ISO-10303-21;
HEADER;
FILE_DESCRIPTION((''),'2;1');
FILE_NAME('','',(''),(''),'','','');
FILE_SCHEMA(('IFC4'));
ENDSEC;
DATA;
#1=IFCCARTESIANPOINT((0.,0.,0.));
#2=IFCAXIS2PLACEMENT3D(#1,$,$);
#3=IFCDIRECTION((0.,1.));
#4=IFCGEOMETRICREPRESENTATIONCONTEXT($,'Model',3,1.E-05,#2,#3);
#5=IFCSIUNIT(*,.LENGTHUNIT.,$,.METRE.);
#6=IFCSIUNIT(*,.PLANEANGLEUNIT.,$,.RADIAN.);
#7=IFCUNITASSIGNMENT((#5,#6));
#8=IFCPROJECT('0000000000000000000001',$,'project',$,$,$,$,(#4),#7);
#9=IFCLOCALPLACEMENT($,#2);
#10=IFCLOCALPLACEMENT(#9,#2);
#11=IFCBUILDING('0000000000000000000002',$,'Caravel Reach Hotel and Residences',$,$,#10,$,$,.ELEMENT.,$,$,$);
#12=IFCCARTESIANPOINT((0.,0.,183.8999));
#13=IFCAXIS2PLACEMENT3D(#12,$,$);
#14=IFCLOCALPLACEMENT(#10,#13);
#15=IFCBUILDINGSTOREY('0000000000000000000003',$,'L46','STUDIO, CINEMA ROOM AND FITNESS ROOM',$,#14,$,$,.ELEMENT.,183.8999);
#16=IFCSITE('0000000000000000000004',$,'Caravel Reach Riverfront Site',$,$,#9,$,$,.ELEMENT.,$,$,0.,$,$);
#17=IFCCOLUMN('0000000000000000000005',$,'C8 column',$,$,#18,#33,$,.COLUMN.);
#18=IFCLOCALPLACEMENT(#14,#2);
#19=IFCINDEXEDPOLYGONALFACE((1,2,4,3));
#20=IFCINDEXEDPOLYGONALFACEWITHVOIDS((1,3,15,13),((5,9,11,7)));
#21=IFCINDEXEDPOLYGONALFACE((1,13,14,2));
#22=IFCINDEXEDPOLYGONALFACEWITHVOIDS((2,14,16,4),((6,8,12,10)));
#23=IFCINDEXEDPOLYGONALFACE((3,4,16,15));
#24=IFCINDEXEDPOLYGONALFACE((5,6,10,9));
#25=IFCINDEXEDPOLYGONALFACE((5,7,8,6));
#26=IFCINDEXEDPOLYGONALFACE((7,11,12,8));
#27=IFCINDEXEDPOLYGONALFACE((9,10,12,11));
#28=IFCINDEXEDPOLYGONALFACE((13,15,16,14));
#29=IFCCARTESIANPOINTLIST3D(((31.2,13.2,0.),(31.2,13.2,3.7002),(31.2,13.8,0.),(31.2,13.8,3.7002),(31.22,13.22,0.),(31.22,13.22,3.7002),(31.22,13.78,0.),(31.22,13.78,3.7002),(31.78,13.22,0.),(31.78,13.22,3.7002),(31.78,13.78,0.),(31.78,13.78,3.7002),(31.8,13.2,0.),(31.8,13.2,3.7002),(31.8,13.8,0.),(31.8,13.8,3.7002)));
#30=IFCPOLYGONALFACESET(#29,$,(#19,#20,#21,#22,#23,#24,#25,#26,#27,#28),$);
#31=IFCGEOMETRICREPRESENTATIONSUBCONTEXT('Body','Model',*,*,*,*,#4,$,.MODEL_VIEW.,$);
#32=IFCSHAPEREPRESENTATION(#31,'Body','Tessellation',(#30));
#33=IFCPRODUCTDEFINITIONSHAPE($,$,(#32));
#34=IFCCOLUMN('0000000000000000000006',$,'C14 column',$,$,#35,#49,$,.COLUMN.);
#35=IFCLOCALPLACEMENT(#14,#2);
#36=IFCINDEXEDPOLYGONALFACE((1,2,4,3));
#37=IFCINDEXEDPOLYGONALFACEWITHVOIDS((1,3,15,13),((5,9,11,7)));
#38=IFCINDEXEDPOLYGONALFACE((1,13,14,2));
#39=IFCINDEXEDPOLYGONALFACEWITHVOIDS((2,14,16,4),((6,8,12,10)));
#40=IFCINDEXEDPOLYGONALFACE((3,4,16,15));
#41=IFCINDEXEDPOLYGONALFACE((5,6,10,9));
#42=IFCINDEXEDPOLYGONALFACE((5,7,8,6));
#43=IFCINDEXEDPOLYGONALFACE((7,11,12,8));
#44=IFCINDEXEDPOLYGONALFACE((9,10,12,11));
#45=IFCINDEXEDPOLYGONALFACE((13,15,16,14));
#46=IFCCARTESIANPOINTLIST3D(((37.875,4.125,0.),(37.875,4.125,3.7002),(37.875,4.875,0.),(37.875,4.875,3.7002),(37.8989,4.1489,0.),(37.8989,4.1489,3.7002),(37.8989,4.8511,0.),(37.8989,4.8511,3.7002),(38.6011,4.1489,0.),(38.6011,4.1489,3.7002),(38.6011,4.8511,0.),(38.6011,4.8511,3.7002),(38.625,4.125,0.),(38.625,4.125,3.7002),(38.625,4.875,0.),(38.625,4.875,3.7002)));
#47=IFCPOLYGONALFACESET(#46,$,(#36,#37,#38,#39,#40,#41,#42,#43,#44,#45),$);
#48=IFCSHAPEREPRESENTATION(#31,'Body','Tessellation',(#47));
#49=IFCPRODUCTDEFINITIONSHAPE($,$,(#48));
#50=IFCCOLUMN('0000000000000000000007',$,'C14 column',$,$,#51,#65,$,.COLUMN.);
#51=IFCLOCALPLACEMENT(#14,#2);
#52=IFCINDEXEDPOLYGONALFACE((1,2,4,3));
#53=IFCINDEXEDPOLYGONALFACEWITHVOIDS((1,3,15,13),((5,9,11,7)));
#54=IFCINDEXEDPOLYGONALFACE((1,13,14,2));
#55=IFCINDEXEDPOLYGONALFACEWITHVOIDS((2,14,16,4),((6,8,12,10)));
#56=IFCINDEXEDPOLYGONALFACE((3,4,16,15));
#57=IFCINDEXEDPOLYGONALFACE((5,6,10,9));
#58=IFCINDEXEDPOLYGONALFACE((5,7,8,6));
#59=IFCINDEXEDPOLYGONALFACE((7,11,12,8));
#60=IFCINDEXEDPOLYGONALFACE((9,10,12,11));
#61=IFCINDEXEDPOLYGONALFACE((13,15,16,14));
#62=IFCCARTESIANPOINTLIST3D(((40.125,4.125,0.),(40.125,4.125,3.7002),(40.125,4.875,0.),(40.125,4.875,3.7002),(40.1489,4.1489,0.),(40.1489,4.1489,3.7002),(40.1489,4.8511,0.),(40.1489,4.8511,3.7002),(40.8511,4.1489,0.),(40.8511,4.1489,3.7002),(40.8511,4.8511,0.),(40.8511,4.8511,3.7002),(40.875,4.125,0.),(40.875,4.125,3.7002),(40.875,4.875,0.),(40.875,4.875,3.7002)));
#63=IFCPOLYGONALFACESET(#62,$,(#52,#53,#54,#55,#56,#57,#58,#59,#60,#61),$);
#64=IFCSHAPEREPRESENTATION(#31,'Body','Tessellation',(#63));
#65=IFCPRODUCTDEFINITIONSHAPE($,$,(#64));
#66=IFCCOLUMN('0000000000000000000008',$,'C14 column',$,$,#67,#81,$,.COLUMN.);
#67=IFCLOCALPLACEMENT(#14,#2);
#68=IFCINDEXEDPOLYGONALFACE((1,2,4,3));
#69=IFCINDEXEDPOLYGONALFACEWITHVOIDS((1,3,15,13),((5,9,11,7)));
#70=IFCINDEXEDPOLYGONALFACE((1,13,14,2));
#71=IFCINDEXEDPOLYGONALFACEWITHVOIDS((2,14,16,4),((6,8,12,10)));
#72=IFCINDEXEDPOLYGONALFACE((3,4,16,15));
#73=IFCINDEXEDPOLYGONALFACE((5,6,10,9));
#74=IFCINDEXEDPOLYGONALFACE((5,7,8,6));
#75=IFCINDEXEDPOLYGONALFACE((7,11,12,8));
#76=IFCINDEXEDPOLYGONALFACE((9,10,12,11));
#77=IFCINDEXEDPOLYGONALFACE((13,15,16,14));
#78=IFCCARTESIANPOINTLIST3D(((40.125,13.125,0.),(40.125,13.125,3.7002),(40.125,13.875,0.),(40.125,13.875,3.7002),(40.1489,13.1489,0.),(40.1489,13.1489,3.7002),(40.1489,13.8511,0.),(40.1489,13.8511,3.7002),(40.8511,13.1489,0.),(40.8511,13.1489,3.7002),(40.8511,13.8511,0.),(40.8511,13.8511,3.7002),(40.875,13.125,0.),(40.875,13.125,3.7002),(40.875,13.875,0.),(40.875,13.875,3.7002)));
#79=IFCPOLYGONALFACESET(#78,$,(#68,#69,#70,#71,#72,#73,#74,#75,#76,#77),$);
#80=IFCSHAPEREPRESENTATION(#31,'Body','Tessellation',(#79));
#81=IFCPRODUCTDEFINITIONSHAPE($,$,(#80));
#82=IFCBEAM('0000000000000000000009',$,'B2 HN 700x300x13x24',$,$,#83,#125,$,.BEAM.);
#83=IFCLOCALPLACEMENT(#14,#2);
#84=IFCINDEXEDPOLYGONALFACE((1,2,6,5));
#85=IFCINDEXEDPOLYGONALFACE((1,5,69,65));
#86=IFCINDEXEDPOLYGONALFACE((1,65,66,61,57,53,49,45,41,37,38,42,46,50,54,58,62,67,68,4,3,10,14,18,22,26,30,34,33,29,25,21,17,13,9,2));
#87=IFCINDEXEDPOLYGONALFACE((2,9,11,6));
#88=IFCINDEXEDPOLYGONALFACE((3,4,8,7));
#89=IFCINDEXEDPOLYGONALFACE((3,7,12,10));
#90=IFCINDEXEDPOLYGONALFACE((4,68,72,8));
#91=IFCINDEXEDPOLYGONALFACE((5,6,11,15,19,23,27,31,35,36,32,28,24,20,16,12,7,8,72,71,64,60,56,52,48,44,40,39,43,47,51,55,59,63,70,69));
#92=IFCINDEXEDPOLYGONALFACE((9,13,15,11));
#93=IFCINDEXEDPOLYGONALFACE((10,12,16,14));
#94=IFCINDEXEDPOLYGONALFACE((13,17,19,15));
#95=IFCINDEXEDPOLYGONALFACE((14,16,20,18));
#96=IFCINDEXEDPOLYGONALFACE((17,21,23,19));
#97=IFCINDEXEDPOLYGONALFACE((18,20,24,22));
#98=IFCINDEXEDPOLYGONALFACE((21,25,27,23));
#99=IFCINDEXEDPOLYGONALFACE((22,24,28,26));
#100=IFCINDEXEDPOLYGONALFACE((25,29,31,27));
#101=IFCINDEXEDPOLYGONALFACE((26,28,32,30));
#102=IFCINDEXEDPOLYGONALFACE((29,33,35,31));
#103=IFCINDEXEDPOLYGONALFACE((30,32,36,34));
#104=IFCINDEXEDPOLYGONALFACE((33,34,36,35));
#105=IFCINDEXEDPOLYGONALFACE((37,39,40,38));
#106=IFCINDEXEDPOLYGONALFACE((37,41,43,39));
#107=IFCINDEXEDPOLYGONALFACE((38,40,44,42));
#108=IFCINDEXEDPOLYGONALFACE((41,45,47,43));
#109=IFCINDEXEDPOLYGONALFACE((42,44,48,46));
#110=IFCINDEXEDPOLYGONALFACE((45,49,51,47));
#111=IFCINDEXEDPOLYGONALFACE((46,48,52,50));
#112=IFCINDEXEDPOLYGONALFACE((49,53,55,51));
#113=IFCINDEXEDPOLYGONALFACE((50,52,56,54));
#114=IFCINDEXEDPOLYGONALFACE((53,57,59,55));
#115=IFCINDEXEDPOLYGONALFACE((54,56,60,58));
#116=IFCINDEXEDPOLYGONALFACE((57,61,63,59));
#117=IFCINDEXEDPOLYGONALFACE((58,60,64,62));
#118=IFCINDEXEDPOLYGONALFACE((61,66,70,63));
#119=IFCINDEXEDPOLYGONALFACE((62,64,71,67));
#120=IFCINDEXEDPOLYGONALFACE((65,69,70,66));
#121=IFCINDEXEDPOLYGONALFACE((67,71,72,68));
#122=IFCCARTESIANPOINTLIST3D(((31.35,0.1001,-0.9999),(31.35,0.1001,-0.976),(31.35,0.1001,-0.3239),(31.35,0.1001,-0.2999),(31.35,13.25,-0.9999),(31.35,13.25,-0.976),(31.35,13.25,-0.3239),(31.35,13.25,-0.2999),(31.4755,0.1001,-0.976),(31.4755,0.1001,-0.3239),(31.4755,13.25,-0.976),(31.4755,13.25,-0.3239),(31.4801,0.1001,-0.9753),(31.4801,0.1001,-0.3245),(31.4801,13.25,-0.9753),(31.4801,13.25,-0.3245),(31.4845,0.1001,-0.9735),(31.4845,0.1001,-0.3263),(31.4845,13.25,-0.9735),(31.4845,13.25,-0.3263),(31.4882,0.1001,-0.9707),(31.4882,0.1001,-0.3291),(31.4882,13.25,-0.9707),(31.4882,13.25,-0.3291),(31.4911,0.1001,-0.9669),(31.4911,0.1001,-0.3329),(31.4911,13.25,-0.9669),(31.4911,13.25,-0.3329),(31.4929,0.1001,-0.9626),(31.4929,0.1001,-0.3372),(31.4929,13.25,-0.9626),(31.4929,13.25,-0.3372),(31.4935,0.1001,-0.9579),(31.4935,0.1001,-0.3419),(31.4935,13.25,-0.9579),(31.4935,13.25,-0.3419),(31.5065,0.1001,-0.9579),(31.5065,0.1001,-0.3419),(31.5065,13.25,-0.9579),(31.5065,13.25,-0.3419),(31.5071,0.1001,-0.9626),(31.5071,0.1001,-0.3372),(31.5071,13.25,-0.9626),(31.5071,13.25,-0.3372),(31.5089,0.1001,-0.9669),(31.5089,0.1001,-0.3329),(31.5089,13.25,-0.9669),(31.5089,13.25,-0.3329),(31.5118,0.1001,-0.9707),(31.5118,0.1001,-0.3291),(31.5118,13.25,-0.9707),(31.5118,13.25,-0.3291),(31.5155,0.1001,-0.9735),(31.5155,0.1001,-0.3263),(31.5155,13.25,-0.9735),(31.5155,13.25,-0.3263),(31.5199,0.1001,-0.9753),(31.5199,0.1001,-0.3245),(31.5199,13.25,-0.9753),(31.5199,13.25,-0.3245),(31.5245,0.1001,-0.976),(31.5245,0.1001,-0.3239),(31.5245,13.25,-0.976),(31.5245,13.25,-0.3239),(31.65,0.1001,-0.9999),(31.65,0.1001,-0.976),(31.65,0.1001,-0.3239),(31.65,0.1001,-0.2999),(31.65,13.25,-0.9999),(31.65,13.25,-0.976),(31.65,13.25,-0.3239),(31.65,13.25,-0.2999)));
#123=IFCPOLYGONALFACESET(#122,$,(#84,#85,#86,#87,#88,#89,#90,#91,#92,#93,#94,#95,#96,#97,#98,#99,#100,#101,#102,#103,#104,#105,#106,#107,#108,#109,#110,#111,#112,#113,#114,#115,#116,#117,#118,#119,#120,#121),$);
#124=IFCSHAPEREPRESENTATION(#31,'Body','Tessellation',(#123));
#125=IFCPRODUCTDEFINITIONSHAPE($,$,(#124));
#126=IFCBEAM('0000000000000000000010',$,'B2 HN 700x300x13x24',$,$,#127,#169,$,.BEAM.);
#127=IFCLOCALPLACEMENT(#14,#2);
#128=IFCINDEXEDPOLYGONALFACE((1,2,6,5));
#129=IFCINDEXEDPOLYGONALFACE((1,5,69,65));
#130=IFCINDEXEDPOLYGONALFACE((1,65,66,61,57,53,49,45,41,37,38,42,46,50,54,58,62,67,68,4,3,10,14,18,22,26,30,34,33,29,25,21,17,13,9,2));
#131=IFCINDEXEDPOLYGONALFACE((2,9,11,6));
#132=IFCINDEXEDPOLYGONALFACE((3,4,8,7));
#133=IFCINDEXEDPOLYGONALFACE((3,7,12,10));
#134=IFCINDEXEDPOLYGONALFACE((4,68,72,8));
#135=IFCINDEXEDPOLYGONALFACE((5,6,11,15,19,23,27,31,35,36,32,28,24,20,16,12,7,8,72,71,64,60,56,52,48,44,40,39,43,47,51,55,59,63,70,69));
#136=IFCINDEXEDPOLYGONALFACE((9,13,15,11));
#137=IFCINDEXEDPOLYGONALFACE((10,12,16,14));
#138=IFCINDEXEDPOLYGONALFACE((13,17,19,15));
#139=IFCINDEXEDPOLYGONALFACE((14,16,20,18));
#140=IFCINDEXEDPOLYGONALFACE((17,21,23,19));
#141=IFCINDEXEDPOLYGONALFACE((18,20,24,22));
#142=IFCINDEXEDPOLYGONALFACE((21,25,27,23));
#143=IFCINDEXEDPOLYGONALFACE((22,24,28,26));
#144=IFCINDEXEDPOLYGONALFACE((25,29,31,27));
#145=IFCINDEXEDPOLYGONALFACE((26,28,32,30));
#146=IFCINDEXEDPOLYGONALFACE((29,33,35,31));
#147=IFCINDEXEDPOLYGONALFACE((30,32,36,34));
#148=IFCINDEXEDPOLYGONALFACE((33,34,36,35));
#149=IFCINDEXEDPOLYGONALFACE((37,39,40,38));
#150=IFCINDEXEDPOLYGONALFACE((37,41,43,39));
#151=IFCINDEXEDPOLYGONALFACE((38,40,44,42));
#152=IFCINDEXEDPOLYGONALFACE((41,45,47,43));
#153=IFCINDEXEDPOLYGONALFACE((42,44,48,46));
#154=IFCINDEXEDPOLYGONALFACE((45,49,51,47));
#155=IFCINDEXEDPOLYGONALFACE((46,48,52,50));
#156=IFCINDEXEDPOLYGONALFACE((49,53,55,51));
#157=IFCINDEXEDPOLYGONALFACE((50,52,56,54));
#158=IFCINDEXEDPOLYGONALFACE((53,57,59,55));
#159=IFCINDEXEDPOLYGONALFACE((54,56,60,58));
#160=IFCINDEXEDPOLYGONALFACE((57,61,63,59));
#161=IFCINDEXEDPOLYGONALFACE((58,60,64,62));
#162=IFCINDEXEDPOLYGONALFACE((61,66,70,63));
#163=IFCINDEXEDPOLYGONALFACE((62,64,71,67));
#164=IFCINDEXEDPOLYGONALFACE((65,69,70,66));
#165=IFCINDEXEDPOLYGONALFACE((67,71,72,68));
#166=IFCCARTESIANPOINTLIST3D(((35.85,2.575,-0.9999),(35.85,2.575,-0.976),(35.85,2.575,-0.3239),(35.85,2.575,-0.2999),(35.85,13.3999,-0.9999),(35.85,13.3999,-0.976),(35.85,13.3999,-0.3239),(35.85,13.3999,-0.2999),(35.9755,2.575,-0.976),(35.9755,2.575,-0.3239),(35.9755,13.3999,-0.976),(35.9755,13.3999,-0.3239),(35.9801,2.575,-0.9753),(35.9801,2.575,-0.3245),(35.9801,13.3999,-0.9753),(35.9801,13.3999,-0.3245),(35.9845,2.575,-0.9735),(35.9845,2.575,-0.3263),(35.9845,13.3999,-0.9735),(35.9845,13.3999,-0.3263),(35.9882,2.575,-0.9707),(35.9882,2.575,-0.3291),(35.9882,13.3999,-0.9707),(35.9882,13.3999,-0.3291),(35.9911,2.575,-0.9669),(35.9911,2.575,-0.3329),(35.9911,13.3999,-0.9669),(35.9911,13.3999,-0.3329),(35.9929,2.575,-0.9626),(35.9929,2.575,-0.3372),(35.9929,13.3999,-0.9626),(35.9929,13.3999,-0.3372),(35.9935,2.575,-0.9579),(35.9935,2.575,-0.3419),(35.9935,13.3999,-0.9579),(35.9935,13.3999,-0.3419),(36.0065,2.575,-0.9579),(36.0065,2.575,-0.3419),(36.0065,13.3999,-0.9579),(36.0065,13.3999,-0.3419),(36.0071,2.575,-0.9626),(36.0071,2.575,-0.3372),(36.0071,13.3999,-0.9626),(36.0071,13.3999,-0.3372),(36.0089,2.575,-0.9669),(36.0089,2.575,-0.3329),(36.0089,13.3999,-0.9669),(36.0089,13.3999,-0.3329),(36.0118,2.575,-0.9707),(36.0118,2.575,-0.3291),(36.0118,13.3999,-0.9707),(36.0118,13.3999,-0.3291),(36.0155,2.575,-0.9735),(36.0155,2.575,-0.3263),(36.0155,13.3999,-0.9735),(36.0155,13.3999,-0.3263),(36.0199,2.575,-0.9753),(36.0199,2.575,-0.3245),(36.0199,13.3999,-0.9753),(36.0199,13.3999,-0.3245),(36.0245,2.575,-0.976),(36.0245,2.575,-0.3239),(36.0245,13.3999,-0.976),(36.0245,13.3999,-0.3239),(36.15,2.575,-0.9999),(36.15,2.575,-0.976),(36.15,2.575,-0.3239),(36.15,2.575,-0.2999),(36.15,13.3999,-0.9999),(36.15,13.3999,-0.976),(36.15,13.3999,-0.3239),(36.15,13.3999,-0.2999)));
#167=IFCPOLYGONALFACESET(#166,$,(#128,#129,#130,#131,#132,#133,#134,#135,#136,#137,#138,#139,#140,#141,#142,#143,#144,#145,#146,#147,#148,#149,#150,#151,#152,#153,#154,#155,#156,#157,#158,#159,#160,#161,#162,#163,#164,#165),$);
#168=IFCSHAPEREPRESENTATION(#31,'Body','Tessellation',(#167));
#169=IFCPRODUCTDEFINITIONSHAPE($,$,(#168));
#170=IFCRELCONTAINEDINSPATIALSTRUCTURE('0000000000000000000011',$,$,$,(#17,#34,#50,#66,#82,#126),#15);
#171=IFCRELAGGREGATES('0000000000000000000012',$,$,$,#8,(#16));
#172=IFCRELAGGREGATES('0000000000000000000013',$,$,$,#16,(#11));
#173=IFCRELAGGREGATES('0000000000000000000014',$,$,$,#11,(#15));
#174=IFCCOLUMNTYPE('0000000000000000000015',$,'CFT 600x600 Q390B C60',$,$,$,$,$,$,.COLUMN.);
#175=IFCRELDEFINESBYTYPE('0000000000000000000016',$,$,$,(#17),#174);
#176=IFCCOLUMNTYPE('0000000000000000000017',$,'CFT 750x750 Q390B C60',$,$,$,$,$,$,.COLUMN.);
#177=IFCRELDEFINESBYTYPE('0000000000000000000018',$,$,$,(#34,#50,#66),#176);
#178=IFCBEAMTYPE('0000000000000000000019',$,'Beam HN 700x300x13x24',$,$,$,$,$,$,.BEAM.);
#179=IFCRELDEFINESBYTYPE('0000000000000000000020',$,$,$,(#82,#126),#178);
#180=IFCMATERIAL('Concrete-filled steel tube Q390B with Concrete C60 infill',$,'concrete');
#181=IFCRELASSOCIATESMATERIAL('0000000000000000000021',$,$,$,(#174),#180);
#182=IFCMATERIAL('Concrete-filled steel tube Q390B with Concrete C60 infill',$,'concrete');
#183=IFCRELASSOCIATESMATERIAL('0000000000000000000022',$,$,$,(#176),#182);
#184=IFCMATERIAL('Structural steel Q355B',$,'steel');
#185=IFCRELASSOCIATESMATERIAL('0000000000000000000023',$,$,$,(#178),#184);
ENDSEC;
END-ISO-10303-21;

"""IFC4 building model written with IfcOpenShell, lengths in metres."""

from ifc_helpers import new_model, si_unit, direction, frame, origin, origin_2d, place, context, subcontext, project, spatial, hollow_rectangle, i_section, extrude, material, material_profile, profile_set, type_object, element, save


model = new_model("IFC4")

# Units and contexts
model_context = context("Model", 3, precision=1e-05, world=origin(), true_north=direction((0.0, 1.0)))
body_context = subcontext(model_context, "Body", "Model", "MODEL_VIEW")
ifc_project = project(units=[si_unit("LENGTHUNIT", "METRE"), si_unit("PLANEANGLEUNIT", "RADIAN")], contexts=[model_context])

# Site, building, storey
site_placement = place(None, origin())
site = spatial("IfcSite", under=ifc_project, at=site_placement, Name="Caravel Reach Riverfront Site", CompositionType="ELEMENT", RefElevation=0.0)
building_placement = place(site_placement, origin())
building = spatial("IfcBuilding", under=site, at=building_placement, Name="Caravel Reach Hotel and Residences", CompositionType="ELEMENT")
storey_placement = place(building_placement, frame((0.0, 0.0, 183.8999)))
storey = spatial("IfcBuildingStorey", under=building, at=storey_placement, Name="L46", Description="STUDIO, CINEMA ROOM AND FITNESS ROOM", CompositionType="ELEMENT", Elevation=183.8999)

# Columns
ifc_material_1 = material(Name="Concrete-filled steel tube Q390B with Concrete C60 infill", Category="concrete")
ifc_material_profile_1 = material_profile(ifc_material_1, hollow_rectangle(XDim=0.6001, YDim=0.6001, WallThickness=0.02, at=origin_2d()), Name="RHS 600x600x20")
ifc_profile_set_1 = profile_set([ifc_material_profile_1], Name="Concrete-filled steel tube Q390B with Concrete C60 infill")
column_type_1 = type_object("IfcColumnType", Name="CFT 600x600 Q390B C60", PredefinedType="COLUMN", material=ifc_profile_set_1)
column_placement = place(storey_placement, frame((31.5, 13.5, 0.0), z_axis=(0.0, 0.0, 1.0), x_axis=(1.0, 0.0, 0.0)))
element("IfcColumn", 1, at=column_placement, inside=storey, type_object=column_type_1, Name="C8 column", PredefinedType="COLUMN", context=body_context, shape_type="SweptSolid", body=[
    extrude(hollow_rectangle(XDim=0.6001, YDim=0.6001, WallThickness=0.02, at=origin_2d()), origin(), (0.0, 0.0, 1.0), 3.7002),
])
ifc_material_2 = material(Name="Concrete-filled steel tube Q390B with Concrete C60 infill", Category="concrete")
ifc_material_profile_2 = material_profile(ifc_material_2, hollow_rectangle(XDim=0.75, YDim=0.75, WallThickness=0.0239, at=origin_2d()), Name="RHS 750x750x24")
ifc_profile_set_2 = profile_set([ifc_material_profile_2], Name="Concrete-filled steel tube Q390B with Concrete C60 infill")
column_type_2 = type_object("IfcColumnType", Name="CFT 750x750 Q390B C60", PredefinedType="COLUMN", material=ifc_profile_set_2)
for number, where, z_axis, x_axis, name in (
    (2, (38.25, 4.5, 0.0), (0.0, 0.0, 1.0), (1.0, 0.0, 0.0), "C14 column"),
    (3, (40.5, 4.5, 0.0), (0.0, 0.0, 1.0), (1.0, 0.0, 0.0), "C14 column"),
    (4, (40.5, 13.5, 0.0), (0.0, 0.0, 1.0), (1.0, 0.0, 0.0), "C14 column"),
):
    element("IfcColumn", number, at=place(storey_placement, frame(where, z_axis=z_axis, x_axis=x_axis)), inside=storey, type_object=column_type_2, Name=name, PredefinedType="COLUMN", context=body_context, shape_type="SweptSolid", body=[
        extrude(hollow_rectangle(XDim=0.75, YDim=0.75, WallThickness=0.0239, at=origin_2d()), origin(), (0.0, 0.0, 1.0), 3.7002),
    ])

# Beams
ifc_material_3 = material(Name="Structural steel Q355B", Category="steel")
ifc_material_profile_3 = material_profile(ifc_material_3, i_section(OverallWidth=0.3, OverallDepth=0.7, WebThickness=0.0129, FlangeThickness=0.0239, FilletRadius=0.0181, at=origin_2d()), Name="HN 700x300x13x24")
ifc_profile_set_3 = profile_set([ifc_material_profile_3], Name="Structural steel Q355B")
beam_type_1 = type_object("IfcBeamType", Name="Beam HN 700x300x13x24", PredefinedType="BEAM", material=ifc_profile_set_3)
beam_1_placement = place(storey_placement, frame((31.5, 13.25, -0.6499), z_axis=(0.0, -1.0, 0.0), x_axis=(1.0, 0.0, 0.0)))
element("IfcBeam", 5, at=beam_1_placement, inside=storey, type_object=beam_type_1, Name="B2 HN 700x300x13x24", PredefinedType="BEAM", context=body_context, shape_type="SweptSolid", body=[
    extrude(i_section(OverallWidth=0.3, OverallDepth=0.7, WebThickness=0.0129, FlangeThickness=0.0239, FilletRadius=0.0181, at=origin_2d()), origin(), (0.0, 0.0, 1.0), 13.1499),
])
beam_2_placement = place(storey_placement, frame((36.0, 13.3999, -0.6499), z_axis=(0.0, -1.0, 0.0), x_axis=(1.0, 0.0, 0.0)))
element("IfcBeam", 6, at=beam_2_placement, inside=storey, type_object=beam_type_1, Name="B2 HN 700x300x13x24", PredefinedType="BEAM", context=body_context, shape_type="SweptSolid", body=[
    extrude(i_section(OverallWidth=0.3, OverallDepth=0.7, WebThickness=0.0129, FlangeThickness=0.0239, FilletRadius=0.0181, at=origin_2d()), origin(), (0.0, 0.0, 1.0), 10.825),
])

save(model, "model.ifc")
